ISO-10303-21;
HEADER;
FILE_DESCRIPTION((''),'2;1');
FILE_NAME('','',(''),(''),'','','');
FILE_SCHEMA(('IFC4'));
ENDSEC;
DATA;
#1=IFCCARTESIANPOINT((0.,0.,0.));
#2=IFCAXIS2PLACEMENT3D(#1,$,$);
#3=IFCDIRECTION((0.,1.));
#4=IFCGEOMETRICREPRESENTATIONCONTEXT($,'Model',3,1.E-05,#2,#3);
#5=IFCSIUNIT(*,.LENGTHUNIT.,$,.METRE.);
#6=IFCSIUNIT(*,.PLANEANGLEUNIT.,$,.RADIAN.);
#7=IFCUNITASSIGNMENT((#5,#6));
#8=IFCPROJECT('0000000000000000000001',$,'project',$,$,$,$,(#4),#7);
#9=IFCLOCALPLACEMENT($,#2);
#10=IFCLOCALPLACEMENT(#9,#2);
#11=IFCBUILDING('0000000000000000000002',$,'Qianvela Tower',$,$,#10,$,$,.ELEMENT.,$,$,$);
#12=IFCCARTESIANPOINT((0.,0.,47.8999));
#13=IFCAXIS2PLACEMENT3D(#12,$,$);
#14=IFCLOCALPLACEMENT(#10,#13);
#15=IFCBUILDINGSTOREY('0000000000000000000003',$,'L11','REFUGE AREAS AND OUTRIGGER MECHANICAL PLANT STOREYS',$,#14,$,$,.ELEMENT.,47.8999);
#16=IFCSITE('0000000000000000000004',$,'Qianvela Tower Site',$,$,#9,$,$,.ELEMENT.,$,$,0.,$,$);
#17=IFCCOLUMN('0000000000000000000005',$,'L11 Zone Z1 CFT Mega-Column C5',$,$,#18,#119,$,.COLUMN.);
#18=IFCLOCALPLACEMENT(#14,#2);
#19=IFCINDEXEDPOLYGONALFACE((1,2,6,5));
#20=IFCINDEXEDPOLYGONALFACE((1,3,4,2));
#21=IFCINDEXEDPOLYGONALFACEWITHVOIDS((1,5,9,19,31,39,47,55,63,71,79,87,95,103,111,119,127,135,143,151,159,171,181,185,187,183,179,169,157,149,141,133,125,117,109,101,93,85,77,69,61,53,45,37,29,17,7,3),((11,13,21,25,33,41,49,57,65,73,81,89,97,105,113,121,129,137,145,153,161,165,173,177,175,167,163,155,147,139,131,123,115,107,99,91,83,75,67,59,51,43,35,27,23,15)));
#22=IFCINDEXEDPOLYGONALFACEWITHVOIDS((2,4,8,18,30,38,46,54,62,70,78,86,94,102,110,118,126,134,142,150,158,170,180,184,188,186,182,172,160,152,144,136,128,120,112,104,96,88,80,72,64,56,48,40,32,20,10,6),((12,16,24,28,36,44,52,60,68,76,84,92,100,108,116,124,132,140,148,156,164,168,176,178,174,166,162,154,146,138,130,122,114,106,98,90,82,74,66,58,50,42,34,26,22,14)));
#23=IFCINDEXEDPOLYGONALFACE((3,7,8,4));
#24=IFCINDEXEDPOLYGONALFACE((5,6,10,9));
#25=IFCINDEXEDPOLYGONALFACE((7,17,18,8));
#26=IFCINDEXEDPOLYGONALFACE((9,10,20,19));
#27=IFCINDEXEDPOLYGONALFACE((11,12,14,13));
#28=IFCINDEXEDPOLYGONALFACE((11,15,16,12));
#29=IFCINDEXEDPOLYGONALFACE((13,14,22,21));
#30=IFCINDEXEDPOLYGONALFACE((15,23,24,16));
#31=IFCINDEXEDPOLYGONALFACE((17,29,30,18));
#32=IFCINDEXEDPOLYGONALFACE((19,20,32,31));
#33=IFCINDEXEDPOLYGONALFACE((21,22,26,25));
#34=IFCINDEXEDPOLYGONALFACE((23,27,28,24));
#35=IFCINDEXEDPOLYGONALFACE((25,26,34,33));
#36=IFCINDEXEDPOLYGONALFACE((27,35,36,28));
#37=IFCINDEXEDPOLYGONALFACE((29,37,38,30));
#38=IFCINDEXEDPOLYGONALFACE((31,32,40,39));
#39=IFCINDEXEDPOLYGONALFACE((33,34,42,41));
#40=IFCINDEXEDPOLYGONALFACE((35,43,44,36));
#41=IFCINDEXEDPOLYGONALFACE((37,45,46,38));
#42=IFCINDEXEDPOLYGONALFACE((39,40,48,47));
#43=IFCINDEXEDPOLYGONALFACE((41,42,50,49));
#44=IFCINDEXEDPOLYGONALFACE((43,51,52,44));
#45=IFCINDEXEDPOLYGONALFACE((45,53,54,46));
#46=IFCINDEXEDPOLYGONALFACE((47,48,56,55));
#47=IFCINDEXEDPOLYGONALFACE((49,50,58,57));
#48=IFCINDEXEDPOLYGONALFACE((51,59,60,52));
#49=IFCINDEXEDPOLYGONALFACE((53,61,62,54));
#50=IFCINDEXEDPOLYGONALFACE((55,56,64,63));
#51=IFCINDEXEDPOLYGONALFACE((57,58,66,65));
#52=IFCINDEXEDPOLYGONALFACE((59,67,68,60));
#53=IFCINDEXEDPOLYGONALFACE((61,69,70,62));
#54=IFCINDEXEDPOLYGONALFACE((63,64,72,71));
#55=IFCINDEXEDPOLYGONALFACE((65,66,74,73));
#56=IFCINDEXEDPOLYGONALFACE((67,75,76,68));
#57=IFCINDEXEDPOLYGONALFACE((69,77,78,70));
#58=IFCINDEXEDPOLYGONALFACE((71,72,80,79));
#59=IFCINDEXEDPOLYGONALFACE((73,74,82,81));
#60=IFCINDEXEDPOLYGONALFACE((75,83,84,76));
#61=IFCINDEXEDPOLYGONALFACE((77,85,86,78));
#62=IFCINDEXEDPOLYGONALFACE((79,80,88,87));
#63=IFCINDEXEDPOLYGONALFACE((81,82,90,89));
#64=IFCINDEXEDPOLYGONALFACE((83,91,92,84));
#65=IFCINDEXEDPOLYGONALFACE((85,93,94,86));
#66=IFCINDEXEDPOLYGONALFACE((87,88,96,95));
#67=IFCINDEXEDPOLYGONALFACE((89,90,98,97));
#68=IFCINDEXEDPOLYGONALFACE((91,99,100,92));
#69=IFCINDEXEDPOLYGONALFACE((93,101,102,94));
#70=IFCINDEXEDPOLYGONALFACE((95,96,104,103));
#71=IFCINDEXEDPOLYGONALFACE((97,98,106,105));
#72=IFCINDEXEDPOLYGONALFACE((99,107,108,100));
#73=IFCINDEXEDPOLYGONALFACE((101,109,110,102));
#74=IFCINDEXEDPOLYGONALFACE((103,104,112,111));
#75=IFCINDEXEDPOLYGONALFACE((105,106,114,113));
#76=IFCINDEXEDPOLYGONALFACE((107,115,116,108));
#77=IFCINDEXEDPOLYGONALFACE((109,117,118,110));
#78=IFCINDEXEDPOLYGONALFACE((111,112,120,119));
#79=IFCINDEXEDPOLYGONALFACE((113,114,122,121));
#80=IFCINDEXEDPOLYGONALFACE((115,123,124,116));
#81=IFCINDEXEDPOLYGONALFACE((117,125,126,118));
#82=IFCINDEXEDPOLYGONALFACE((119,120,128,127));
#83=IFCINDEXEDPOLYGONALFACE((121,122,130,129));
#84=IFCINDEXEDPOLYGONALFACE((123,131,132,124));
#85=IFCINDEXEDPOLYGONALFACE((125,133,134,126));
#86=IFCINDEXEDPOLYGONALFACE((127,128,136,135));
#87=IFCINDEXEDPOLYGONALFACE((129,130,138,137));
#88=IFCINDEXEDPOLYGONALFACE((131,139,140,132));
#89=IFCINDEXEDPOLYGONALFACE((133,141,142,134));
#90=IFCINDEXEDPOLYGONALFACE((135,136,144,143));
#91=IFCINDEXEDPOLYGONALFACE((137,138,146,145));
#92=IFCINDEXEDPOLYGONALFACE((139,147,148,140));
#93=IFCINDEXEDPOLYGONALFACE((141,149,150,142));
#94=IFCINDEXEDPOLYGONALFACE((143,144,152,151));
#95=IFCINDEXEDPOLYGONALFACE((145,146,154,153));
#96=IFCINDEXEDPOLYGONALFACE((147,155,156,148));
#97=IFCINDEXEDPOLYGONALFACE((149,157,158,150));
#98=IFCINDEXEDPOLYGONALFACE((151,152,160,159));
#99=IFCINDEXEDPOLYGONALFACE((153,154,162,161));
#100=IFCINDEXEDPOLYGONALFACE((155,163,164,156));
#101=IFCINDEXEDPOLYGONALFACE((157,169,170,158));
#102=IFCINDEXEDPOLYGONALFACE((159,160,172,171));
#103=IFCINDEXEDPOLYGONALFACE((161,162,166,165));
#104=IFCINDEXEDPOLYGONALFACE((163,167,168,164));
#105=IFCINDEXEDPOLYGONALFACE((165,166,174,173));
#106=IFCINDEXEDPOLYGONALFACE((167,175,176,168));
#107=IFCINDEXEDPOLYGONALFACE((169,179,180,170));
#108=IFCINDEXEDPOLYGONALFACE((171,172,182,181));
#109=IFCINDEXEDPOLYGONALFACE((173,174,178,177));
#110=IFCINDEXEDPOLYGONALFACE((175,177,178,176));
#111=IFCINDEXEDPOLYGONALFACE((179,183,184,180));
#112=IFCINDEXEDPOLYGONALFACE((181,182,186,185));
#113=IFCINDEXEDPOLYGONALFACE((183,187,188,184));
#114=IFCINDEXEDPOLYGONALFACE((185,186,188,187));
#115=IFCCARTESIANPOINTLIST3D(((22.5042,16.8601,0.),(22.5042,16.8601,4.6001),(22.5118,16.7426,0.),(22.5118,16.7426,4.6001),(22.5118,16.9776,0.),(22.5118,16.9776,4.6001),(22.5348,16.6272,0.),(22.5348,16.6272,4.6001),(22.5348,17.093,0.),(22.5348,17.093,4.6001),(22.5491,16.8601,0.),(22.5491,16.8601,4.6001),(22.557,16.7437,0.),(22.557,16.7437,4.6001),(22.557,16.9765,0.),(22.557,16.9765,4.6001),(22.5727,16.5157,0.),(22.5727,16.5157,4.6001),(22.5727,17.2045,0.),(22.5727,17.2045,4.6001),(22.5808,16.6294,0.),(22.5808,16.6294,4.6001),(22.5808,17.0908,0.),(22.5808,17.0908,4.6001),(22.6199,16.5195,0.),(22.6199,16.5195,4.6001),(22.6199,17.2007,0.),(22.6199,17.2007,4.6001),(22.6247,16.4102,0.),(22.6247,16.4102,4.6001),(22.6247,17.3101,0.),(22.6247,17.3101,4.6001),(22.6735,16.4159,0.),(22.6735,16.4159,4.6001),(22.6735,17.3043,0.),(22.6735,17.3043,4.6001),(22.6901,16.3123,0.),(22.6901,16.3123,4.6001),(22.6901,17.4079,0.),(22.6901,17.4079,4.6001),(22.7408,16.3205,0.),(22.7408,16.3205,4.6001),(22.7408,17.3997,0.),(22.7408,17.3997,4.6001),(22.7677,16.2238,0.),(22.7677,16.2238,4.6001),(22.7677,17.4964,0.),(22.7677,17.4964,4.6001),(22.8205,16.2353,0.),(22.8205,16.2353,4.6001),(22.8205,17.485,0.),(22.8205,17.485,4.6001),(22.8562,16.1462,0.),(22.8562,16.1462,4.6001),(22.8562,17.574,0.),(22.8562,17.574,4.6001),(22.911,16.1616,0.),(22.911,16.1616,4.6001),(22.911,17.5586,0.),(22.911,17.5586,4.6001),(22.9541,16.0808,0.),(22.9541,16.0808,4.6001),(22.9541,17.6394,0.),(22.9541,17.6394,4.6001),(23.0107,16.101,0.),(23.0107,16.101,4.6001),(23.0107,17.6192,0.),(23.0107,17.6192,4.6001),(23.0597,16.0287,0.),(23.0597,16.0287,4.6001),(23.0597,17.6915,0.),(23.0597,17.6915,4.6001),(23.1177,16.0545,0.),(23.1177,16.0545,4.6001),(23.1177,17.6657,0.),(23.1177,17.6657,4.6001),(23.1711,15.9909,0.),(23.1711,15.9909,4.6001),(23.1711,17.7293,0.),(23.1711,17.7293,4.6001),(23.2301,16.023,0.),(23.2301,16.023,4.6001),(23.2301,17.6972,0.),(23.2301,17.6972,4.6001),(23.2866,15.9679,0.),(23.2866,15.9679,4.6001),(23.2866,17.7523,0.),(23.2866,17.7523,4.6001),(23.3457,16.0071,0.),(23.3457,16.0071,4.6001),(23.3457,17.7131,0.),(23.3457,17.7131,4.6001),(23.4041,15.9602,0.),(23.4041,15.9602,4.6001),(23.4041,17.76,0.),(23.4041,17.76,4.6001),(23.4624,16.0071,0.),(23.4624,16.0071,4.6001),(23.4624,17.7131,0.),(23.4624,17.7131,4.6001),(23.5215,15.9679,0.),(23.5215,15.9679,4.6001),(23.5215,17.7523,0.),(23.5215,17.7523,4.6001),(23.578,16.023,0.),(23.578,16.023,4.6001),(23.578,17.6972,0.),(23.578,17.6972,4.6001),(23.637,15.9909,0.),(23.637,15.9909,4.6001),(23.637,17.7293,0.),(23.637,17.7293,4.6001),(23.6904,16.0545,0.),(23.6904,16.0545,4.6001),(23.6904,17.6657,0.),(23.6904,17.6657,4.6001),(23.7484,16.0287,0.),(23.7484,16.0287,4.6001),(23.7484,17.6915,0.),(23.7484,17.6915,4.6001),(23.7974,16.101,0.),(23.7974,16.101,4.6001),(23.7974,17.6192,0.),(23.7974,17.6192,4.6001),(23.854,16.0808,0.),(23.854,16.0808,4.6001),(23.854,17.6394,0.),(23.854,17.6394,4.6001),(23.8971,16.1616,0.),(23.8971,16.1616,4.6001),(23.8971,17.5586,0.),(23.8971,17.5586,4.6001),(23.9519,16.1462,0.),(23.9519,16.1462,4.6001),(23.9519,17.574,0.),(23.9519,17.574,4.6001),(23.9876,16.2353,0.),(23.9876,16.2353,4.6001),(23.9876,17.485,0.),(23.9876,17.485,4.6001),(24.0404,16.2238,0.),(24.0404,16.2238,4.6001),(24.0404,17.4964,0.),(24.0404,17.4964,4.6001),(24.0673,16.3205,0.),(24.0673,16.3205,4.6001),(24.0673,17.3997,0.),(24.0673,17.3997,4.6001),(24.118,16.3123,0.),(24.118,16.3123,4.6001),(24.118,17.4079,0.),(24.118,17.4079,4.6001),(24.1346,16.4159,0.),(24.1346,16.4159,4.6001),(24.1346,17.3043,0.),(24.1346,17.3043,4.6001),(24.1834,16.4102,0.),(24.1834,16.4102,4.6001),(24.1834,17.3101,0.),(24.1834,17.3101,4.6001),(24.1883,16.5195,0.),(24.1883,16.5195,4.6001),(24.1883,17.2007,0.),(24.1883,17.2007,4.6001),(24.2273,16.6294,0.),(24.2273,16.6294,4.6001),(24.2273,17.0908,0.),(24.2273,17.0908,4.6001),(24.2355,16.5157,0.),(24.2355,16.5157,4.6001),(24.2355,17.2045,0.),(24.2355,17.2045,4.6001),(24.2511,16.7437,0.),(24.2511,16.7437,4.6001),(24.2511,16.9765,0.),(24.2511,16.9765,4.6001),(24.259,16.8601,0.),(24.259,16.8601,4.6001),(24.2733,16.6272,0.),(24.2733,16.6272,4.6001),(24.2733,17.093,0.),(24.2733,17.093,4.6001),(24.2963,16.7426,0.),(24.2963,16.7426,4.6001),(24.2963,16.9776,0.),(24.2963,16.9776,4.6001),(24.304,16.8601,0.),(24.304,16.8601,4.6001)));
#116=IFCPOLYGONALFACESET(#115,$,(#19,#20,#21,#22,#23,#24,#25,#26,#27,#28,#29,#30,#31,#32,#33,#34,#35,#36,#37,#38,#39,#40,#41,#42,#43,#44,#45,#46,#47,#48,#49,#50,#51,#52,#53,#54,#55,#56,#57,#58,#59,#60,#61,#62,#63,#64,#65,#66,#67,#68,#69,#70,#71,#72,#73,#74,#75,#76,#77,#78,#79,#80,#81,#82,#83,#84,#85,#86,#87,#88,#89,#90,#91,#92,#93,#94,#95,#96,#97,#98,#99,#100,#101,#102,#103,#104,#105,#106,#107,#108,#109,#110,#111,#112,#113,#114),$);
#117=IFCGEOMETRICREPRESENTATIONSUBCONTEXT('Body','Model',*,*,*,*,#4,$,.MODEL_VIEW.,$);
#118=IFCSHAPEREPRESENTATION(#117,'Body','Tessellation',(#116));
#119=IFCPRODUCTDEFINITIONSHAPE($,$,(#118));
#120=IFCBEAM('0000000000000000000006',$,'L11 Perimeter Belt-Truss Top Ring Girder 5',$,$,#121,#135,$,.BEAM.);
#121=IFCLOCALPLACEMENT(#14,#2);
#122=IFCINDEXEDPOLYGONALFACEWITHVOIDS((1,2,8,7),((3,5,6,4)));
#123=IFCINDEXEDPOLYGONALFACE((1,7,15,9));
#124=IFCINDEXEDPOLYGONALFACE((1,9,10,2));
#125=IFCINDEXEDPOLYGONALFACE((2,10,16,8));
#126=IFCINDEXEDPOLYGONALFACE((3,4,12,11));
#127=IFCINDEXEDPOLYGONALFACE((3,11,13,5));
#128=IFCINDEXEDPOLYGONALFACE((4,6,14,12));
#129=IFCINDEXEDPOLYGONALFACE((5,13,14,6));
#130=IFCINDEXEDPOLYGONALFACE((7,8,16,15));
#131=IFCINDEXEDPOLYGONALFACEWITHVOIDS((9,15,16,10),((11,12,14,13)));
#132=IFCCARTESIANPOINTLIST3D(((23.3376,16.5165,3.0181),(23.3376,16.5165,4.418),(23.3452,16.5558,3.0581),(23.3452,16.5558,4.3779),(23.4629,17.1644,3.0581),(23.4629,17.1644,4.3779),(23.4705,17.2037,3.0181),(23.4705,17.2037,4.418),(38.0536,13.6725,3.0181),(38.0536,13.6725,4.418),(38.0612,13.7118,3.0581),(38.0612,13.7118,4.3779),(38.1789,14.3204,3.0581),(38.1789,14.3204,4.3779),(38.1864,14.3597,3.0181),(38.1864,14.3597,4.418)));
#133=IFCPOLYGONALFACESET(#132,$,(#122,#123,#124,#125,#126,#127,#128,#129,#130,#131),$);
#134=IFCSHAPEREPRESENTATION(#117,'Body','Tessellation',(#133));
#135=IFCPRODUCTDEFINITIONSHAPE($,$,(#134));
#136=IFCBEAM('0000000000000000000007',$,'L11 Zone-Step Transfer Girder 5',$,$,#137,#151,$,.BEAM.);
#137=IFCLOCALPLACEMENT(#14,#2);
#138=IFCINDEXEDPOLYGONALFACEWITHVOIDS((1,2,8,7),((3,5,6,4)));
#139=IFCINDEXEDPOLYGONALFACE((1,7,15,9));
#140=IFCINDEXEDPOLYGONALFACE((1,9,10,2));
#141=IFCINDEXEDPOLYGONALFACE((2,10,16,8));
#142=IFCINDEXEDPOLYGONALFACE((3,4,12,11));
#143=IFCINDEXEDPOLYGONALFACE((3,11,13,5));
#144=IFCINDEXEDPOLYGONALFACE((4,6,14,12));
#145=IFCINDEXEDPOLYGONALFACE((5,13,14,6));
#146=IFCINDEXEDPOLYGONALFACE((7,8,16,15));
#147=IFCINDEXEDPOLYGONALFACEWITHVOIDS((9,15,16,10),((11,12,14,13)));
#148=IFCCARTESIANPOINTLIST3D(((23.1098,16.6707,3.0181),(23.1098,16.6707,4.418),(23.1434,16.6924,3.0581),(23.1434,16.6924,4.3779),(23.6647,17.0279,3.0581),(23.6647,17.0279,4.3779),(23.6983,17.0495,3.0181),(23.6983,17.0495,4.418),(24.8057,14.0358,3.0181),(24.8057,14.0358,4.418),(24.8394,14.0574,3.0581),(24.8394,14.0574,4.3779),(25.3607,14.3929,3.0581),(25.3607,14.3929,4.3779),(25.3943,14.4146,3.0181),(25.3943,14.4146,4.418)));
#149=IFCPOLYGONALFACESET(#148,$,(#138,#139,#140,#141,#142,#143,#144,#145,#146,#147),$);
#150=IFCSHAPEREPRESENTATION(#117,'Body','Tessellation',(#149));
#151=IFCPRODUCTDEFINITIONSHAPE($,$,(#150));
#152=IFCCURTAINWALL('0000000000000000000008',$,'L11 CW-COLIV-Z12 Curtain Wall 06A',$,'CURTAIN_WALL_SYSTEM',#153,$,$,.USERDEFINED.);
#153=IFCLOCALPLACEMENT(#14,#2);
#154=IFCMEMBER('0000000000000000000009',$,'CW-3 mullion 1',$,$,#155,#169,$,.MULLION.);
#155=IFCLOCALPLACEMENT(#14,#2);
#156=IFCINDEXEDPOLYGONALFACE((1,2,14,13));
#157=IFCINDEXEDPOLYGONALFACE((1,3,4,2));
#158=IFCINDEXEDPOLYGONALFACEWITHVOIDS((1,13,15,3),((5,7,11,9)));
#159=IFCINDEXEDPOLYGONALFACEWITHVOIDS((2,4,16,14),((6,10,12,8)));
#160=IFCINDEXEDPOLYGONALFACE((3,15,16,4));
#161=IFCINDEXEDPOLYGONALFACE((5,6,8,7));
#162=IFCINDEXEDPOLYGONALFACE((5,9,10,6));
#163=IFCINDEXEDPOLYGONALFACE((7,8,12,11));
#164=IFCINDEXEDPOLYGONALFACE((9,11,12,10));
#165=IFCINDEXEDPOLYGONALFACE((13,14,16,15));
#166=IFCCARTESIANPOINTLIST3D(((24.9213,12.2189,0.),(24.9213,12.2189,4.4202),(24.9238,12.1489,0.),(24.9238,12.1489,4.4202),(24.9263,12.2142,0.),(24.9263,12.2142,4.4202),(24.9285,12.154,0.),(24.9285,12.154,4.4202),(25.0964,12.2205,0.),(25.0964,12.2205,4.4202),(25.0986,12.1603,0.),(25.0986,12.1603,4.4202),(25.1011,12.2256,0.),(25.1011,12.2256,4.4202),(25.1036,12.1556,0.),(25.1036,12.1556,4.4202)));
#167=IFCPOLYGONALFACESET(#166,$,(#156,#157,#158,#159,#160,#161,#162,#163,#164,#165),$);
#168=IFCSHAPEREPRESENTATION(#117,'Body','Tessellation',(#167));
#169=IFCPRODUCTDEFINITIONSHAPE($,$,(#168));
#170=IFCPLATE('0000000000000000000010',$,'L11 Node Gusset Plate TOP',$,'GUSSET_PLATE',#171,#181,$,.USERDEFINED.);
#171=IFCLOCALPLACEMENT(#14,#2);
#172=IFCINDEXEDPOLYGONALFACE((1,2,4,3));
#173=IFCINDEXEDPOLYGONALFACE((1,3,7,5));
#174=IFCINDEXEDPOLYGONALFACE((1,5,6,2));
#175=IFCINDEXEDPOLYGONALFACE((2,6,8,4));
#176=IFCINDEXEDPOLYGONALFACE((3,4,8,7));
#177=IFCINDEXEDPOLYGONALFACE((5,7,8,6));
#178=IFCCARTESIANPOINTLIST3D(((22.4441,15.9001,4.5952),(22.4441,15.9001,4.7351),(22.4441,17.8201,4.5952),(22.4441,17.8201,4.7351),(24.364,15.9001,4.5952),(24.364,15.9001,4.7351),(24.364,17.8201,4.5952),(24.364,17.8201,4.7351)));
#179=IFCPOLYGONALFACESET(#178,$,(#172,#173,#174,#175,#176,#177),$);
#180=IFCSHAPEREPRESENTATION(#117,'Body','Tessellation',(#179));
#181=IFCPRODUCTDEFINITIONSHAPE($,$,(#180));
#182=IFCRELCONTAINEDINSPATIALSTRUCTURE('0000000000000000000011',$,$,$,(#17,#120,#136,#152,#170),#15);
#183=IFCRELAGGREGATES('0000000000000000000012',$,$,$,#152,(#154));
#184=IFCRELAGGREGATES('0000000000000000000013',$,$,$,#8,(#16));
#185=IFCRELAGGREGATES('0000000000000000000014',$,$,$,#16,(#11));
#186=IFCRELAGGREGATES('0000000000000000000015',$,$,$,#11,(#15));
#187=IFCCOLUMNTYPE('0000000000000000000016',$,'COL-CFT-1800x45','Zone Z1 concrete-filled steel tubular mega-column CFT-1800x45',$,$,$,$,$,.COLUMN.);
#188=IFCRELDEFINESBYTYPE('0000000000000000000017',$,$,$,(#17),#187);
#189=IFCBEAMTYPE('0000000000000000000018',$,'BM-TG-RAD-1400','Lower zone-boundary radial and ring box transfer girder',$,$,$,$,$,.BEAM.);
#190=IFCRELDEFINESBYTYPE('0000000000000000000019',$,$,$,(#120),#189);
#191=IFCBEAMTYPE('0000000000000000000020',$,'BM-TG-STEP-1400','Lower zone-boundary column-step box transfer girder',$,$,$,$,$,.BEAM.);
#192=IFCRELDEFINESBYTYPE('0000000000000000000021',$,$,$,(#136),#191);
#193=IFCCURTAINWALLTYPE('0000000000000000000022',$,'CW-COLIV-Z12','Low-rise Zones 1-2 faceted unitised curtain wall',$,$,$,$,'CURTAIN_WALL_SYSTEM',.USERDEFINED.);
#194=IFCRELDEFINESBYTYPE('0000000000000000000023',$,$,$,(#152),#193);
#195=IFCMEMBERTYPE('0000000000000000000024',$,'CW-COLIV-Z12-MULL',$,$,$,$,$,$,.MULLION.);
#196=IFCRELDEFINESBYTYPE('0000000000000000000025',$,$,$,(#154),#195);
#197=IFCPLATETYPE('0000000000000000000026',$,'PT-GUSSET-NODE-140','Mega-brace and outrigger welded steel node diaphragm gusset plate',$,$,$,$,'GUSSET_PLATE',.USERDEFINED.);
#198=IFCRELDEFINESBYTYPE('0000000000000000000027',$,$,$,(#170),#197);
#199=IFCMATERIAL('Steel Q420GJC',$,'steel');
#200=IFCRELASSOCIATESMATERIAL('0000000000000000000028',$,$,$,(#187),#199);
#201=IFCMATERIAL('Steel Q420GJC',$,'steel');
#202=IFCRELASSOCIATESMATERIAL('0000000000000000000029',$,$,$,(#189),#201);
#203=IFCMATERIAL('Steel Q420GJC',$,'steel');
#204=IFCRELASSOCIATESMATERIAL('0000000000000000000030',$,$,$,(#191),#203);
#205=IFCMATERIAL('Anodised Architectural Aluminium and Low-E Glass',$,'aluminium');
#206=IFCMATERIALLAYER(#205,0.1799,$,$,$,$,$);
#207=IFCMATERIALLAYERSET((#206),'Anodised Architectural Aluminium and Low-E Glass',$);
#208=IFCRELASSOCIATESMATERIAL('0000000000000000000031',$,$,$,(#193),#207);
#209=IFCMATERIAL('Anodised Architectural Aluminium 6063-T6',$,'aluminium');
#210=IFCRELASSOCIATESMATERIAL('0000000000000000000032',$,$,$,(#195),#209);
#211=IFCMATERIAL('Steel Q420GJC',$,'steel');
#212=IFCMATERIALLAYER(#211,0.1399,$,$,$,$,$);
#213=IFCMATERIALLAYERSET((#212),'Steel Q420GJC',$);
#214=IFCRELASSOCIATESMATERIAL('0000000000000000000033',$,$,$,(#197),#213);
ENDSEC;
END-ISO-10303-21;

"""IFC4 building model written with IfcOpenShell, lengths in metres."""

from ifc_helpers import new_model, si_unit, direction, frame, origin, origin_2d, place, context, subcontext, project, spatial, rectangle, hollow_rectangle, hollow_circle, extrude, material, layer, layer_set, material_profile, profile_set, type_object, element, aggregate, save


model = new_model("IFC4")

# Units and contexts
model_context = context("Model", 3, precision=1e-05, world=origin(), true_north=direction((0.0, 1.0)))
body_context = subcontext(model_context, "Body", "Model", "MODEL_VIEW")
ifc_project = project(units=[si_unit("LENGTHUNIT", "METRE"), si_unit("PLANEANGLEUNIT", "RADIAN")], contexts=[model_context])

# Site, building, storey
site_placement = place(None, origin())
site = spatial("IfcSite", under=ifc_project, at=site_placement, Name="Qianvela Tower Site", CompositionType="ELEMENT", RefElevation=0.0)
building_placement = place(site_placement, origin())
building = spatial("IfcBuilding", under=site, at=building_placement, Name="Qianvela Tower", CompositionType="ELEMENT")
storey_placement = place(building_placement, frame((0.0, 0.0, 47.8999)))
storey = spatial("IfcBuildingStorey", under=building, at=storey_placement, Name="L11", Description="REFUGE AREAS AND OUTRIGGER MECHANICAL PLANT STOREYS", CompositionType="ELEMENT", Elevation=47.8999)

# Column
ifc_material_1 = material(Name="Steel Q420GJC", Category="steel")
ifc_material_profile_1 = material_profile(ifc_material_1, hollow_circle(Radius=0.8999, WallThickness=0.0449, at=origin_2d()), Name="CFT-1800x45")
ifc_profile_set_1 = profile_set([ifc_material_profile_1], Name="Steel Q420GJC")
column_type = type_object("IfcColumnType", Name="COL-CFT-1800x45", Description="Zone Z1 concrete-filled steel tubular mega-column CFT-1800x45", PredefinedType="COLUMN", material=ifc_profile_set_1)
column_placement = place(storey_placement, frame((23.4041, 16.8601, 0.0), z_axis=(0.0, 0.0, 1.0), x_axis=(1.0, 0.0, 0.0)))
element("IfcColumn", 1, at=column_placement, inside=storey, type_object=column_type, Name="L11 Zone Z1 CFT Mega-Column C5", PredefinedType="COLUMN", context=body_context, shape_type="SweptSolid", body=[
    extrude(hollow_circle(Radius=0.8999, WallThickness=0.0449, at=origin_2d()), origin(), (0.0, 0.0, 1.0), 4.6001),
])

# Beams
ifc_material_2 = material(Name="Steel Q420GJC", Category="steel")
ifc_material_profile_2 = material_profile(ifc_material_2, hollow_rectangle(XDim=0.7, YDim=1.3999, WallThickness=0.04, at=origin_2d()), Name="TG-BOX-1400x700x40")
ifc_profile_set_2 = profile_set([ifc_material_profile_2], Name="Steel Q420GJC")
beam_type_1 = type_object("IfcBeamType", Name="BM-TG-RAD-1400", Description="Lower zone-boundary radial and ring box transfer girder", PredefinedType="BEAM", material=ifc_profile_set_2)
beam_1_placement = place(storey_placement, frame((23.4041, 16.8601, 3.718), z_axis=(0.981833, -0.189747, 0.0), x_axis=(0.189747, 0.981833, 0.0)))
element("IfcBeam", 2, at=beam_1_placement, inside=storey, type_object=beam_type_1, Name="L11 Perimeter Belt-Truss Top Ring Girder 5", PredefinedType="BEAM", context=body_context, shape_type="SweptSolid", body=[
    extrude(hollow_rectangle(XDim=0.7, YDim=1.3999, WallThickness=0.04, at=origin_2d()), origin(), (0.0, 0.0, 1.0), 14.9883),
])
ifc_material_3 = material(Name="Steel Q420GJC", Category="steel")
ifc_material_profile_3 = material_profile(ifc_material_3, hollow_rectangle(XDim=0.7, YDim=1.3999, WallThickness=0.04, at=origin_2d()), Name="TG-BOX-1400x700x40")
ifc_profile_set_3 = profile_set([ifc_material_profile_3], Name="Steel Q420GJC")
beam_type_2 = type_object("IfcBeamType", Name="BM-TG-STEP-1400", Description="Lower zone-boundary column-step box transfer girder", PredefinedType="BEAM", material=ifc_profile_set_3)
beam_2_placement = place(storey_placement, frame((23.4041, 16.8601, 3.718), z_axis=(0.541234, -0.840872, 0.0), x_axis=(0.840872, 0.541234, 0.0)))
element("IfcBeam", 3, at=beam_2_placement, inside=storey, type_object=beam_type_2, Name="L11 Zone-Step Transfer Girder 5", PredefinedType="BEAM", context=body_context, shape_type="SweptSolid", body=[
    extrude(hollow_rectangle(XDim=0.7, YDim=1.3999, WallThickness=0.04, at=origin_2d()), origin(), (0.0, 0.0, 1.0), 3.1335),
])

# Curtain wall, member
ifc_material_4 = material(Name="Anodised Architectural Aluminium and Low-E Glass", Category="aluminium")
ifc_layer_1 = layer(ifc_material_4, 0.1799)
ifc_layer_set_1 = layer_set([ifc_layer_1], Name="Anodised Architectural Aluminium and Low-E Glass")
curtain_wall_type = type_object("IfcCurtainWallType", Name="CW-COLIV-Z12", Description="Low-rise Zones 1-2 faceted unitised curtain wall", ElementType="CURTAIN_WALL_SYSTEM", PredefinedType="USERDEFINED", material=ifc_layer_set_1)
curtain_wall_placement = place(storey_placement, origin())
curtain_wall = element("IfcCurtainWall", 4, at=curtain_wall_placement, inside=storey, type_object=curtain_wall_type, Name="L11 CW-COLIV-Z12 Curtain Wall 06A", ObjectType="CURTAIN_WALL_SYSTEM", PredefinedType="USERDEFINED")
ifc_material_5 = material(Name="Anodised Architectural Aluminium 6063-T6", Category="aluminium")
ifc_material_profile_4 = material_profile(ifc_material_5, hollow_rectangle(XDim=0.0701, YDim=0.1799, WallThickness=0.0049, at=origin_2d()), Name="ALU-MULL-70x180")
ifc_profile_set_4 = profile_set([ifc_material_profile_4], Name="Anodised Architectural Aluminium 6063-T6")
member_type = type_object("IfcMemberType", Name="CW-COLIV-Z12-MULL", PredefinedType="MULLION", material=ifc_profile_set_4)
member_placement = place(storey_placement, frame((25.0125, 12.1873, 0.0), z_axis=(0.0, 0.0, 1.0), x_axis=(-0.036871, 0.99932, 0.0)))
member = element("IfcMember", 5, at=member_placement, type_object=member_type, Name="CW-3 mullion 1", PredefinedType="MULLION", context=body_context, shape_type="SweptSolid", body=[
    extrude(hollow_rectangle(XDim=0.0701, YDim=0.1799, WallThickness=0.0049, at=origin_2d()), origin(), (0.0, 0.0, 1.0), 4.4202),
])
aggregate(curtain_wall, [member])

# Plate
ifc_material_6 = material(Name="Steel Q420GJC", Category="steel")
ifc_layer_2 = layer(ifc_material_6, 0.1399)
ifc_layer_set_2 = layer_set([ifc_layer_2], Name="Steel Q420GJC")
plate_type = type_object("IfcPlateType", Name="PT-GUSSET-NODE-140", Description="Mega-brace and outrigger welded steel node diaphragm gusset plate", ElementType="GUSSET_PLATE", PredefinedType="USERDEFINED", material=ifc_layer_set_2)
plate_1_placement = place(storey_placement, frame((23.4041, 16.8601, 4.5952), z_axis=(0.0, 0.0, 1.0), x_axis=(1.0, 0.0, 0.0)))
element("IfcPlate", 6, at=plate_1_placement, inside=storey, type_object=plate_type, Name="L11 Node Gusset Plate TOP", ObjectType="GUSSET_PLATE", PredefinedType="USERDEFINED", context=body_context, shape_type="SweptSolid", body=[
    extrude(rectangle(XDim=1.9199, YDim=1.9199, at=origin_2d()), origin(), (0.0, 0.0, 1.0), 0.1399),
])

save(model, "model.ifc")
